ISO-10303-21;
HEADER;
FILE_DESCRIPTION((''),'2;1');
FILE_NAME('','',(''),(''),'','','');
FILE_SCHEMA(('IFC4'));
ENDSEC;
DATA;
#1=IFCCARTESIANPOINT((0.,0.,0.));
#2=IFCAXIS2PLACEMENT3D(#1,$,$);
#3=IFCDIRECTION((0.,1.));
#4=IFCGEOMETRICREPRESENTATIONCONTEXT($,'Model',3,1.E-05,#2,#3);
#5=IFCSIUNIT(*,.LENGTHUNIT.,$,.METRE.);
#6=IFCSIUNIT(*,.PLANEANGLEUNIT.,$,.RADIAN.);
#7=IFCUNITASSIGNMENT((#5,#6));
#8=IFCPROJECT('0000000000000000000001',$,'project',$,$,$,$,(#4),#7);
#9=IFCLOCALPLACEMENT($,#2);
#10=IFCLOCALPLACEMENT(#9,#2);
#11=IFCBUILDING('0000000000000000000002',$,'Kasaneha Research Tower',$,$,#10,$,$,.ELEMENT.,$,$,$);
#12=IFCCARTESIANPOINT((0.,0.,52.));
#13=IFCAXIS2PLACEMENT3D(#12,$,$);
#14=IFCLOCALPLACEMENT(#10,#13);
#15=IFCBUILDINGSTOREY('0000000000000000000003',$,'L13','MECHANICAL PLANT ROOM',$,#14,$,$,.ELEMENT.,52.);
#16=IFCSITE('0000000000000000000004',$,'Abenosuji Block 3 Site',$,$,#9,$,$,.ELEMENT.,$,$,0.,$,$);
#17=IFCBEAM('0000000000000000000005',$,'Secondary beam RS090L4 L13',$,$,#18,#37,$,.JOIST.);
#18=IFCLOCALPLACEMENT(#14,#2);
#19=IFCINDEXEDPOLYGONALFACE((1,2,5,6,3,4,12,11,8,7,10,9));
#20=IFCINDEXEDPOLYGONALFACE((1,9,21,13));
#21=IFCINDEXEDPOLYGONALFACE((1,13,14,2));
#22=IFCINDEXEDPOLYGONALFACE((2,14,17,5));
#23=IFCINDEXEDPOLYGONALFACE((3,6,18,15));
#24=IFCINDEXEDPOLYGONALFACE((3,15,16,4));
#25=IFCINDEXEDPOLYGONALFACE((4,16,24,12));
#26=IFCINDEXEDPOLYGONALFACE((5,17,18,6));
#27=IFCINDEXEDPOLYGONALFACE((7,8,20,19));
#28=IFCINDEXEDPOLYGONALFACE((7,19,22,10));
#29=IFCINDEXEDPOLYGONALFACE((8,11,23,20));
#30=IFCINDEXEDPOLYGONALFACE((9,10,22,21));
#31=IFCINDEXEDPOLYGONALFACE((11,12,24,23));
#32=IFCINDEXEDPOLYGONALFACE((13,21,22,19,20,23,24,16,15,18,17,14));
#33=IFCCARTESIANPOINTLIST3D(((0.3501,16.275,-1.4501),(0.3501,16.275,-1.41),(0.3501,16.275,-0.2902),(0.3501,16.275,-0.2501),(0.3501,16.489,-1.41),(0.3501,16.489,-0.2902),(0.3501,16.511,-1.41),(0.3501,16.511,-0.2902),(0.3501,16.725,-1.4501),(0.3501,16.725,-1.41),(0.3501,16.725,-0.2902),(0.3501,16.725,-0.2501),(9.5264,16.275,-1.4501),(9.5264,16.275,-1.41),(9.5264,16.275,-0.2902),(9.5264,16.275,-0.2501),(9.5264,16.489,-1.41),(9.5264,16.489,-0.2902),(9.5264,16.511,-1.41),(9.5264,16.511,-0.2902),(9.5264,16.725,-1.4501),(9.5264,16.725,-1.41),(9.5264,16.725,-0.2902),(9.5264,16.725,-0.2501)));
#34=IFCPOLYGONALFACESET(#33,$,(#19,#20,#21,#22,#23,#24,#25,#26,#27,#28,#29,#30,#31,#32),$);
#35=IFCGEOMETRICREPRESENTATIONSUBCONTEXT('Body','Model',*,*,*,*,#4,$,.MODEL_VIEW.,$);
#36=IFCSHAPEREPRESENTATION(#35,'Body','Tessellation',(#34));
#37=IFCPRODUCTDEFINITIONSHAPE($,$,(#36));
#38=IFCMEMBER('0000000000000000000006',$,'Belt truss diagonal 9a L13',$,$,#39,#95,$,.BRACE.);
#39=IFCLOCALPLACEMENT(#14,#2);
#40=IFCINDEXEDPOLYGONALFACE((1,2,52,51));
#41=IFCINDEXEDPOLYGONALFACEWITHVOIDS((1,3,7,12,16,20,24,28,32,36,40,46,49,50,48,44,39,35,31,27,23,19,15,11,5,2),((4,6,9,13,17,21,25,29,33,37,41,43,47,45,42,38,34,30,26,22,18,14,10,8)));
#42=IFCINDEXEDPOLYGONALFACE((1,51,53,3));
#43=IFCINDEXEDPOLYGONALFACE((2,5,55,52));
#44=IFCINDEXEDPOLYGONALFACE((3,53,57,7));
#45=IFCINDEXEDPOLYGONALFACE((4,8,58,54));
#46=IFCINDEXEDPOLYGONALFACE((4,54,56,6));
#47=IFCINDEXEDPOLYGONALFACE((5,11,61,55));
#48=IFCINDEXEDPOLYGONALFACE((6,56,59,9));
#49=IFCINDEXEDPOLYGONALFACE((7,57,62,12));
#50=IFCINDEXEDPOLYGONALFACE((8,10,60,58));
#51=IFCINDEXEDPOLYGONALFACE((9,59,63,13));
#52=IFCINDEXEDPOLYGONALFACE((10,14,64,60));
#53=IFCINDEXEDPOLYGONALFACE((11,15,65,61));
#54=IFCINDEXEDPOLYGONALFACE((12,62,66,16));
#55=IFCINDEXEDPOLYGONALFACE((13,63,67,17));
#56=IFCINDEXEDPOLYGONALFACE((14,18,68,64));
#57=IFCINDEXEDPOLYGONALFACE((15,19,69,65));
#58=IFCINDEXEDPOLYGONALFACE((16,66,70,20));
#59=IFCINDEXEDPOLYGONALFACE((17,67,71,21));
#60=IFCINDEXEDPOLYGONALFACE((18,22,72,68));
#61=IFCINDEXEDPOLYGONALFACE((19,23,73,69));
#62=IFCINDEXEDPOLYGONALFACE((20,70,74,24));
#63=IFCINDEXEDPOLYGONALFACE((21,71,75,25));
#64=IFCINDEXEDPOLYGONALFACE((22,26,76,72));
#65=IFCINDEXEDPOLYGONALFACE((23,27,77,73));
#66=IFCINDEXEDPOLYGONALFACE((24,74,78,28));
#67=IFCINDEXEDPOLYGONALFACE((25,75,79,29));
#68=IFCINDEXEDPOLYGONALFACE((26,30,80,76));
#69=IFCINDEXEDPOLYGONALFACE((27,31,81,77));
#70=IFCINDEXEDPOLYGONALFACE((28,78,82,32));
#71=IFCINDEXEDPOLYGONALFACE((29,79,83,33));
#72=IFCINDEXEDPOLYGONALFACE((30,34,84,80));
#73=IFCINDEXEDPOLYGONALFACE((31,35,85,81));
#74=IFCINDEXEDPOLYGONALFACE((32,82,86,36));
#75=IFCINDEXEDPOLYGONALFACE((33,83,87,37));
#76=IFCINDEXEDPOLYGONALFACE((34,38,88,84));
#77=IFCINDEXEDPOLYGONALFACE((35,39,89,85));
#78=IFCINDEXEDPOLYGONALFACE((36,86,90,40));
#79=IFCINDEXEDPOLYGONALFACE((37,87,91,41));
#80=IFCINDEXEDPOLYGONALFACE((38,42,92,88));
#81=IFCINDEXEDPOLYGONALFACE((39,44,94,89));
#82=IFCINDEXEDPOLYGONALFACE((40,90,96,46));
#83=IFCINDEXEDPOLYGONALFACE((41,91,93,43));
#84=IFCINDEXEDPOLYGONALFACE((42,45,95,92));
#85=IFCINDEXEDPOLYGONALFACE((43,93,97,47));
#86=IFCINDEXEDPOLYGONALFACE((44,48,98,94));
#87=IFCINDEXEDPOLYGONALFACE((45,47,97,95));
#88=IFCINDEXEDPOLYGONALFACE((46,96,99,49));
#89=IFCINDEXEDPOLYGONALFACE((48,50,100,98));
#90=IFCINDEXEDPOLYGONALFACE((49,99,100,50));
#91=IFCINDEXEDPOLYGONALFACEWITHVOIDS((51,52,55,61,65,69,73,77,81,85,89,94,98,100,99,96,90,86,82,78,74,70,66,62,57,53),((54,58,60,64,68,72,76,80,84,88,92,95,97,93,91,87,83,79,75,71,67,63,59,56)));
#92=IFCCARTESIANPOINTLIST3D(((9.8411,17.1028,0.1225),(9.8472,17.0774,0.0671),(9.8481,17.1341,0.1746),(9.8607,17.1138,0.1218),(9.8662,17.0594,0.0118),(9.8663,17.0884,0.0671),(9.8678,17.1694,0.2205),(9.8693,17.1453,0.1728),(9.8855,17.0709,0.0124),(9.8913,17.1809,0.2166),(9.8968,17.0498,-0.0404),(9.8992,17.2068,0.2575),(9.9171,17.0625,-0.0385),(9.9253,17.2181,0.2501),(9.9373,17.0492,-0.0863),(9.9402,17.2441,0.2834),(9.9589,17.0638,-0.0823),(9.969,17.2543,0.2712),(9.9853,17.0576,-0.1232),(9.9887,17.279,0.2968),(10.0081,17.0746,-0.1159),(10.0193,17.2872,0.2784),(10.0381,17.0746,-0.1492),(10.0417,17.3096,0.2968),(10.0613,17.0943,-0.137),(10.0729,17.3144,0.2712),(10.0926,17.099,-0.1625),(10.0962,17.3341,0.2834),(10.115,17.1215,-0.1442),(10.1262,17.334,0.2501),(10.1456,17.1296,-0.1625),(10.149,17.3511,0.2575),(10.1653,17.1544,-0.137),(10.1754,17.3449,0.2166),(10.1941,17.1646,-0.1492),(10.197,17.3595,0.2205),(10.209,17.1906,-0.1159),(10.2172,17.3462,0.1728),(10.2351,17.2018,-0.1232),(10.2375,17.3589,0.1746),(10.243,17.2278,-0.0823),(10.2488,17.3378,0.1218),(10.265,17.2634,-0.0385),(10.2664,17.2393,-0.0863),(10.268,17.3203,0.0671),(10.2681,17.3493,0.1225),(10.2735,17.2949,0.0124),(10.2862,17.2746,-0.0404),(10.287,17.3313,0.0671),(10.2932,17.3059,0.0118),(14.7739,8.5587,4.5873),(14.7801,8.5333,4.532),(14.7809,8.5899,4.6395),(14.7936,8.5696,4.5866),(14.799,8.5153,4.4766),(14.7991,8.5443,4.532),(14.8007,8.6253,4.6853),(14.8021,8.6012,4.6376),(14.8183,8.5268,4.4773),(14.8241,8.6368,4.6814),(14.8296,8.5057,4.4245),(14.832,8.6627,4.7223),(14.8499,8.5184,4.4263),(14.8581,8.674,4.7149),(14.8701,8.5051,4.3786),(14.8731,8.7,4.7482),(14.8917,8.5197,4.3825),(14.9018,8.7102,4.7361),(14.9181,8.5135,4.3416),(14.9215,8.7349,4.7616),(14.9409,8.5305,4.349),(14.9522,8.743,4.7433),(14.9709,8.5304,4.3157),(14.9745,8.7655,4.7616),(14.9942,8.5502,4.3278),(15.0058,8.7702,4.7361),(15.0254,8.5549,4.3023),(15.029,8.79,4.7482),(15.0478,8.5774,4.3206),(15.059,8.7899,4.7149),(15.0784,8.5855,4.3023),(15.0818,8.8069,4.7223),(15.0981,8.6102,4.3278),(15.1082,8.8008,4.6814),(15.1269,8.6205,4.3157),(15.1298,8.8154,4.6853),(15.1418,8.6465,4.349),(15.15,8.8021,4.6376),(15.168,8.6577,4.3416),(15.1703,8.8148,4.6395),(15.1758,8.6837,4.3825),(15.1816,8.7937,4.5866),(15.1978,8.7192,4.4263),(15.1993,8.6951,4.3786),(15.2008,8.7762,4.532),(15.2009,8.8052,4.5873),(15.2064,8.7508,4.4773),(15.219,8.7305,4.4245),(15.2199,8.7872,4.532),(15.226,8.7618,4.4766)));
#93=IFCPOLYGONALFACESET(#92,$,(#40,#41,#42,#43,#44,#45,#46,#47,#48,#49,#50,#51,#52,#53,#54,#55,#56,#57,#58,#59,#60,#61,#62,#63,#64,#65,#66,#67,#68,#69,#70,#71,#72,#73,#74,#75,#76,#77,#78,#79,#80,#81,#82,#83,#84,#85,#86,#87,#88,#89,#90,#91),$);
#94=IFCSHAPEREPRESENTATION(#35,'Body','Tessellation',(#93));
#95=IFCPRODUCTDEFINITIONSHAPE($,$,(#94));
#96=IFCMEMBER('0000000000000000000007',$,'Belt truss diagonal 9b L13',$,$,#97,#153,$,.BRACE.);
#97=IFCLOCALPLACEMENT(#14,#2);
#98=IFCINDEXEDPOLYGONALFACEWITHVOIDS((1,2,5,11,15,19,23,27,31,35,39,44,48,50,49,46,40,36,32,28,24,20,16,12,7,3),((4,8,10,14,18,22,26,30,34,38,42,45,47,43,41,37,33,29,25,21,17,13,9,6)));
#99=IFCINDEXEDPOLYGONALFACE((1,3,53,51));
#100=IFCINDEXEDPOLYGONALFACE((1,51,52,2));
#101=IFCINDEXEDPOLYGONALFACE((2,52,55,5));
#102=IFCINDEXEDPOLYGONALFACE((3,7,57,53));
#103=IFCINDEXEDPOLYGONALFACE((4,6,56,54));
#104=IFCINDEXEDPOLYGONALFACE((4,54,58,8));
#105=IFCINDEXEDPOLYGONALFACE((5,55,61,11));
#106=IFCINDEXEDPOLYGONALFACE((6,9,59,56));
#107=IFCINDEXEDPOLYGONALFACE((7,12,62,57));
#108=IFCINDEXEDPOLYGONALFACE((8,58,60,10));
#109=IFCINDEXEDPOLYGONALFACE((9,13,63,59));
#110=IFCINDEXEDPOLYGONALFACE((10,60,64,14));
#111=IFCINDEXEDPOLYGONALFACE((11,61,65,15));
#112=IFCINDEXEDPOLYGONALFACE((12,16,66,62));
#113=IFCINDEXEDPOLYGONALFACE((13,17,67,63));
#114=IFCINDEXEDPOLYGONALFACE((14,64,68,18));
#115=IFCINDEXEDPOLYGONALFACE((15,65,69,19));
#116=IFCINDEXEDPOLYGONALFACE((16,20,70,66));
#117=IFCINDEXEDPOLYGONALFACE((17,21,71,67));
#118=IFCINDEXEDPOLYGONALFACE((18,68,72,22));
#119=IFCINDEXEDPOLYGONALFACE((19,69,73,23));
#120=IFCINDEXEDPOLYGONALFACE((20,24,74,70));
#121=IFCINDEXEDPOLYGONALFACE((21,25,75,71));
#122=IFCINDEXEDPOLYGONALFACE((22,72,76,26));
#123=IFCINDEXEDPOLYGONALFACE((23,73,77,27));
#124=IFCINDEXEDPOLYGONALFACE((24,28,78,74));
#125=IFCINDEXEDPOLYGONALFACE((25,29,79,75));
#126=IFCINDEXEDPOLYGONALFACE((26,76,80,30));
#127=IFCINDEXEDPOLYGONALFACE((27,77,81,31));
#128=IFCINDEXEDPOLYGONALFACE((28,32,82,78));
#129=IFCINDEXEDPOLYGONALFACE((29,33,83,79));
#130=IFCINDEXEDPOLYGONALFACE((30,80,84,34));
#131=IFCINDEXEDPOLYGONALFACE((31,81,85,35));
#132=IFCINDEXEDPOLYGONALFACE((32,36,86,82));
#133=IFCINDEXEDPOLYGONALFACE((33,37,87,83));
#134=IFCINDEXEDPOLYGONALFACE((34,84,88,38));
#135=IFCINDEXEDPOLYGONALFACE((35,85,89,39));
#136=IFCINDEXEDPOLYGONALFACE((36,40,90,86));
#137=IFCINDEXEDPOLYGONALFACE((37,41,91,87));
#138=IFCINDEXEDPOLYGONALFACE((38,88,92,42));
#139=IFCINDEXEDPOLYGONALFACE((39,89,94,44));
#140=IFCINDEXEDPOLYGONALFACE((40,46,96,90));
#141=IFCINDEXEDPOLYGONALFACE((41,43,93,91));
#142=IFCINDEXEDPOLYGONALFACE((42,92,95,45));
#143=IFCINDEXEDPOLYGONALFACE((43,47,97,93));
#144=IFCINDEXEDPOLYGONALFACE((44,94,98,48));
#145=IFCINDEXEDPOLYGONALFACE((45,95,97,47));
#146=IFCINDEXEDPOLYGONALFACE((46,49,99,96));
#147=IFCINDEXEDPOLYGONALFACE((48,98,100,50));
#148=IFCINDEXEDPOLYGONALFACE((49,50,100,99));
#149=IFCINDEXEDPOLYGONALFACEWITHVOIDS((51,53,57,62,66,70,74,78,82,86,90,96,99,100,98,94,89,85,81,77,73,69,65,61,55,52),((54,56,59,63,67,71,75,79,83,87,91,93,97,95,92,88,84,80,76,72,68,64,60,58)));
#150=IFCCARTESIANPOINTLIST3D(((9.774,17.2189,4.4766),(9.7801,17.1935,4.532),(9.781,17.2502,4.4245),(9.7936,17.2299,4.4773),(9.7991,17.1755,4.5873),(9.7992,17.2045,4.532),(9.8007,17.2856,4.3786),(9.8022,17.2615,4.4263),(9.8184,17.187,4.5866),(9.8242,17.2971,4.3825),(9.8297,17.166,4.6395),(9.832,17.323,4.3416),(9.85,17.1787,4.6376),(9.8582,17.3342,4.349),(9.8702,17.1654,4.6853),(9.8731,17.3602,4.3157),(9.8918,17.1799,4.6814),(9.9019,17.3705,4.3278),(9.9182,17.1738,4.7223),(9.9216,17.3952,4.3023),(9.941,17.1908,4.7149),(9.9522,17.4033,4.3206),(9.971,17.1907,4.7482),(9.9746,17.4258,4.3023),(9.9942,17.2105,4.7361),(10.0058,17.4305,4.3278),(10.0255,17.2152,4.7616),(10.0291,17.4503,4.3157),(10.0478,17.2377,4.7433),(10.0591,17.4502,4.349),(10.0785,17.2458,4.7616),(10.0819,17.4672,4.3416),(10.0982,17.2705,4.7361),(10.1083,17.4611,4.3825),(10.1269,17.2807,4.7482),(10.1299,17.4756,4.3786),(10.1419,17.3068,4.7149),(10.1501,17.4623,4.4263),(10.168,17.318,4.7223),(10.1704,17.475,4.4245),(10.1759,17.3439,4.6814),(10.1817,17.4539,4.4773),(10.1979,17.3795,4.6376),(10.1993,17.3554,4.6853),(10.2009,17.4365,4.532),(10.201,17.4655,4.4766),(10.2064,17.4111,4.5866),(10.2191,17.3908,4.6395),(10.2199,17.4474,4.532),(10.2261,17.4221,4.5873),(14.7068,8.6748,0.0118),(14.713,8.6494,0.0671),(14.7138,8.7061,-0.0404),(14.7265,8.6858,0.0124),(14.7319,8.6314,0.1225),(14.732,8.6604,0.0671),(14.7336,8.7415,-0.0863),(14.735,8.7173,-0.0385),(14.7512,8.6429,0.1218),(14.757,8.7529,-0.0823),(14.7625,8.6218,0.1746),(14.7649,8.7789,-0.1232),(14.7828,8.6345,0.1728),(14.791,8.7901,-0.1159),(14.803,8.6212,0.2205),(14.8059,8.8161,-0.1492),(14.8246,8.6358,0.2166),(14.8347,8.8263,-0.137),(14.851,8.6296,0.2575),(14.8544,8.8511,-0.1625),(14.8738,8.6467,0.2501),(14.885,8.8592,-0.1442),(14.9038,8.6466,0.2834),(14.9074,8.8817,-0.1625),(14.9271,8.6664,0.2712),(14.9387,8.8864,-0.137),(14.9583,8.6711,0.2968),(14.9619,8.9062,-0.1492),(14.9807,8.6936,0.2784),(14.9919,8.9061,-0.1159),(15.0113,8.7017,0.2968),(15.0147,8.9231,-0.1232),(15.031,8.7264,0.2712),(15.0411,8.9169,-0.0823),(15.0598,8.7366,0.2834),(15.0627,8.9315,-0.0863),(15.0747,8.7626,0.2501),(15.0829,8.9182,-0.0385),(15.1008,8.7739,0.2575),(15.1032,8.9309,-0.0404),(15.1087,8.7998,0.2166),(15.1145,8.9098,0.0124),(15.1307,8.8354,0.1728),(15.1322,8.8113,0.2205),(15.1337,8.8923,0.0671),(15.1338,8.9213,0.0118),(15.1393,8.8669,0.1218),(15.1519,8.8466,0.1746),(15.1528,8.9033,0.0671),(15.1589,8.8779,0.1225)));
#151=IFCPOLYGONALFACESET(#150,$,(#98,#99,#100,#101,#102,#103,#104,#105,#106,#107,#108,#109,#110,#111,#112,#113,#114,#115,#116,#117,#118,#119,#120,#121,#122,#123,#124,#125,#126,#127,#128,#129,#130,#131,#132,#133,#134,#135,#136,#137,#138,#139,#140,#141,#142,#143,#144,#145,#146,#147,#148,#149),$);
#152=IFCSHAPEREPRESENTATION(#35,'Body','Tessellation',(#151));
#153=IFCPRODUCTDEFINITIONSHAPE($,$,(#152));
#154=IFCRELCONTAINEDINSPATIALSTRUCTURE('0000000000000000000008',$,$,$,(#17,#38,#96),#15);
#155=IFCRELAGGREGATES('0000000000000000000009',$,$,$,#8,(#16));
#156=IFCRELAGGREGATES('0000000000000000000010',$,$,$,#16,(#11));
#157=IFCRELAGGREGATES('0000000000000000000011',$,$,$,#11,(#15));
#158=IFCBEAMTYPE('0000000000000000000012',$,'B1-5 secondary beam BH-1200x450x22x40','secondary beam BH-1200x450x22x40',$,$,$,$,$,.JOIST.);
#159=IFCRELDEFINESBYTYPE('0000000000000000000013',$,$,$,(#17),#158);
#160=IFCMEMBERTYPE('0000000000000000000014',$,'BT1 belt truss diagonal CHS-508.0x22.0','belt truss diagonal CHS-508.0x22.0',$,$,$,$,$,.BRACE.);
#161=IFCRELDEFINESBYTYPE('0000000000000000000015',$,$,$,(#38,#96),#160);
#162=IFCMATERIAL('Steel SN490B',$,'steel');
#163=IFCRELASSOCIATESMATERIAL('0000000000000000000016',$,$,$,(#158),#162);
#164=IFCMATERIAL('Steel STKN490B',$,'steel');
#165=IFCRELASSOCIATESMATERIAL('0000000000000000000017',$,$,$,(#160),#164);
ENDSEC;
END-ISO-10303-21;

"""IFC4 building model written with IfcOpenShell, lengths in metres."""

from ifc_helpers import new_model, si_unit, direction, frame, origin, origin_2d, place, context, subcontext, project, spatial, hollow_circle, i_section, extrude, material, material_profile, profile_set, type_object, element, save


model = new_model("IFC4")

# Units and contexts
model_context = context("Model", 3, precision=1e-05, world=origin(), true_north=direction((0.0, 1.0)))
body_context = subcontext(model_context, "Body", "Model", "MODEL_VIEW")
ifc_project = project(units=[si_unit("LENGTHUNIT", "METRE"), si_unit("PLANEANGLEUNIT", "RADIAN")], contexts=[model_context])

# Site, building, storey
site_placement = place(None, origin())
site = spatial("IfcSite", under=ifc_project, at=site_placement, Name="Abenosuji Block 3 Site", CompositionType="ELEMENT", RefElevation=0.0)
building_placement = place(site_placement, origin())
building = spatial("IfcBuilding", under=site, at=building_placement, Name="Kasaneha Research Tower", CompositionType="ELEMENT")
storey_placement = place(building_placement, frame((0.0, 0.0, 52.0)))
storey = spatial("IfcBuildingStorey", under=building, at=storey_placement, Name="L13", Description="MECHANICAL PLANT ROOM", CompositionType="ELEMENT", Elevation=52.0)

# Beam
ifc_material_1 = material(Name="Steel SN490B", Category="steel")
ifc_material_profile_1 = material_profile(ifc_material_1, i_section(OverallWidth=0.45, OverallDepth=1.2, WebThickness=0.022, FlangeThickness=0.04, at=origin_2d()), Name="BH-1200x450x22x40")
ifc_profile_set_1 = profile_set([ifc_material_profile_1], Name="Steel SN490B")
beam_type_1 = type_object("IfcBeamType", Name="B1-5 secondary beam BH-1200x450x22x40", Description="secondary beam BH-1200x450x22x40", PredefinedType="JOIST", material=ifc_profile_set_1)
beam_1_placement = place(storey_placement, frame((9.5264, 16.5, -0.8501), z_axis=(-1.0, 0.0, 0.0), x_axis=(0.0, -1.0, 0.0)))
element("IfcBeam", 1, at=beam_1_placement, inside=storey, type_object=beam_type_1, Name="Secondary beam RS090L4 L13", PredefinedType="JOIST", context=body_context, shape_type="SweptSolid", body=[
    extrude(i_section(OverallWidth=0.45, OverallDepth=1.2, WebThickness=0.022, FlangeThickness=0.04, at=origin_2d()), origin(), (0.0, 0.0, 1.0), 9.1763),
])

# Members
ifc_material_2 = material(Name="Steel STKN490B", Category="steel")
ifc_material_profile_2 = material_profile(ifc_material_2, hollow_circle(Radius=0.2539, WallThickness=0.022, at=origin_2d()), Name="CHS-508.0x22.0")
ifc_profile_set_2 = profile_set([ifc_material_profile_2], Name="Steel STKN490B")
member_type = type_object("IfcMemberType", Name="BT1 belt truss diagonal CHS-508.0x22.0", Description="belt truss diagonal CHS-508.0x22.0", PredefinedType="BRACE", material=ifc_profile_set_2)
for number, where, z_axis, x_axis, name in (
    (2, (10.0671, 17.2043, 0.0671), (0.455516, -0.788997, 0.412298), (0.866031, 0.49999, 0.0), "Belt truss diagonal 9a L13"),
    (3, (14.9329, 8.7764, 0.0671), (-0.455516, 0.788997, 0.412298), (-0.866031, -0.49999, 0.0), "Belt truss diagonal 9b L13"),
):
    element("IfcMember", number, at=place(storey_placement, frame(where, z_axis=z_axis, x_axis=x_axis)), inside=storey, type_object=member_type, Name=name, PredefinedType="BRACE", context=body_context, shape_type="SweptSolid", body=[
        extrude(hollow_circle(Radius=0.2539, WallThickness=0.022, at=origin_2d()), origin(), (0.0, 0.0, 1.0), 10.8291),
    ])

save(model, "model.ifc")
